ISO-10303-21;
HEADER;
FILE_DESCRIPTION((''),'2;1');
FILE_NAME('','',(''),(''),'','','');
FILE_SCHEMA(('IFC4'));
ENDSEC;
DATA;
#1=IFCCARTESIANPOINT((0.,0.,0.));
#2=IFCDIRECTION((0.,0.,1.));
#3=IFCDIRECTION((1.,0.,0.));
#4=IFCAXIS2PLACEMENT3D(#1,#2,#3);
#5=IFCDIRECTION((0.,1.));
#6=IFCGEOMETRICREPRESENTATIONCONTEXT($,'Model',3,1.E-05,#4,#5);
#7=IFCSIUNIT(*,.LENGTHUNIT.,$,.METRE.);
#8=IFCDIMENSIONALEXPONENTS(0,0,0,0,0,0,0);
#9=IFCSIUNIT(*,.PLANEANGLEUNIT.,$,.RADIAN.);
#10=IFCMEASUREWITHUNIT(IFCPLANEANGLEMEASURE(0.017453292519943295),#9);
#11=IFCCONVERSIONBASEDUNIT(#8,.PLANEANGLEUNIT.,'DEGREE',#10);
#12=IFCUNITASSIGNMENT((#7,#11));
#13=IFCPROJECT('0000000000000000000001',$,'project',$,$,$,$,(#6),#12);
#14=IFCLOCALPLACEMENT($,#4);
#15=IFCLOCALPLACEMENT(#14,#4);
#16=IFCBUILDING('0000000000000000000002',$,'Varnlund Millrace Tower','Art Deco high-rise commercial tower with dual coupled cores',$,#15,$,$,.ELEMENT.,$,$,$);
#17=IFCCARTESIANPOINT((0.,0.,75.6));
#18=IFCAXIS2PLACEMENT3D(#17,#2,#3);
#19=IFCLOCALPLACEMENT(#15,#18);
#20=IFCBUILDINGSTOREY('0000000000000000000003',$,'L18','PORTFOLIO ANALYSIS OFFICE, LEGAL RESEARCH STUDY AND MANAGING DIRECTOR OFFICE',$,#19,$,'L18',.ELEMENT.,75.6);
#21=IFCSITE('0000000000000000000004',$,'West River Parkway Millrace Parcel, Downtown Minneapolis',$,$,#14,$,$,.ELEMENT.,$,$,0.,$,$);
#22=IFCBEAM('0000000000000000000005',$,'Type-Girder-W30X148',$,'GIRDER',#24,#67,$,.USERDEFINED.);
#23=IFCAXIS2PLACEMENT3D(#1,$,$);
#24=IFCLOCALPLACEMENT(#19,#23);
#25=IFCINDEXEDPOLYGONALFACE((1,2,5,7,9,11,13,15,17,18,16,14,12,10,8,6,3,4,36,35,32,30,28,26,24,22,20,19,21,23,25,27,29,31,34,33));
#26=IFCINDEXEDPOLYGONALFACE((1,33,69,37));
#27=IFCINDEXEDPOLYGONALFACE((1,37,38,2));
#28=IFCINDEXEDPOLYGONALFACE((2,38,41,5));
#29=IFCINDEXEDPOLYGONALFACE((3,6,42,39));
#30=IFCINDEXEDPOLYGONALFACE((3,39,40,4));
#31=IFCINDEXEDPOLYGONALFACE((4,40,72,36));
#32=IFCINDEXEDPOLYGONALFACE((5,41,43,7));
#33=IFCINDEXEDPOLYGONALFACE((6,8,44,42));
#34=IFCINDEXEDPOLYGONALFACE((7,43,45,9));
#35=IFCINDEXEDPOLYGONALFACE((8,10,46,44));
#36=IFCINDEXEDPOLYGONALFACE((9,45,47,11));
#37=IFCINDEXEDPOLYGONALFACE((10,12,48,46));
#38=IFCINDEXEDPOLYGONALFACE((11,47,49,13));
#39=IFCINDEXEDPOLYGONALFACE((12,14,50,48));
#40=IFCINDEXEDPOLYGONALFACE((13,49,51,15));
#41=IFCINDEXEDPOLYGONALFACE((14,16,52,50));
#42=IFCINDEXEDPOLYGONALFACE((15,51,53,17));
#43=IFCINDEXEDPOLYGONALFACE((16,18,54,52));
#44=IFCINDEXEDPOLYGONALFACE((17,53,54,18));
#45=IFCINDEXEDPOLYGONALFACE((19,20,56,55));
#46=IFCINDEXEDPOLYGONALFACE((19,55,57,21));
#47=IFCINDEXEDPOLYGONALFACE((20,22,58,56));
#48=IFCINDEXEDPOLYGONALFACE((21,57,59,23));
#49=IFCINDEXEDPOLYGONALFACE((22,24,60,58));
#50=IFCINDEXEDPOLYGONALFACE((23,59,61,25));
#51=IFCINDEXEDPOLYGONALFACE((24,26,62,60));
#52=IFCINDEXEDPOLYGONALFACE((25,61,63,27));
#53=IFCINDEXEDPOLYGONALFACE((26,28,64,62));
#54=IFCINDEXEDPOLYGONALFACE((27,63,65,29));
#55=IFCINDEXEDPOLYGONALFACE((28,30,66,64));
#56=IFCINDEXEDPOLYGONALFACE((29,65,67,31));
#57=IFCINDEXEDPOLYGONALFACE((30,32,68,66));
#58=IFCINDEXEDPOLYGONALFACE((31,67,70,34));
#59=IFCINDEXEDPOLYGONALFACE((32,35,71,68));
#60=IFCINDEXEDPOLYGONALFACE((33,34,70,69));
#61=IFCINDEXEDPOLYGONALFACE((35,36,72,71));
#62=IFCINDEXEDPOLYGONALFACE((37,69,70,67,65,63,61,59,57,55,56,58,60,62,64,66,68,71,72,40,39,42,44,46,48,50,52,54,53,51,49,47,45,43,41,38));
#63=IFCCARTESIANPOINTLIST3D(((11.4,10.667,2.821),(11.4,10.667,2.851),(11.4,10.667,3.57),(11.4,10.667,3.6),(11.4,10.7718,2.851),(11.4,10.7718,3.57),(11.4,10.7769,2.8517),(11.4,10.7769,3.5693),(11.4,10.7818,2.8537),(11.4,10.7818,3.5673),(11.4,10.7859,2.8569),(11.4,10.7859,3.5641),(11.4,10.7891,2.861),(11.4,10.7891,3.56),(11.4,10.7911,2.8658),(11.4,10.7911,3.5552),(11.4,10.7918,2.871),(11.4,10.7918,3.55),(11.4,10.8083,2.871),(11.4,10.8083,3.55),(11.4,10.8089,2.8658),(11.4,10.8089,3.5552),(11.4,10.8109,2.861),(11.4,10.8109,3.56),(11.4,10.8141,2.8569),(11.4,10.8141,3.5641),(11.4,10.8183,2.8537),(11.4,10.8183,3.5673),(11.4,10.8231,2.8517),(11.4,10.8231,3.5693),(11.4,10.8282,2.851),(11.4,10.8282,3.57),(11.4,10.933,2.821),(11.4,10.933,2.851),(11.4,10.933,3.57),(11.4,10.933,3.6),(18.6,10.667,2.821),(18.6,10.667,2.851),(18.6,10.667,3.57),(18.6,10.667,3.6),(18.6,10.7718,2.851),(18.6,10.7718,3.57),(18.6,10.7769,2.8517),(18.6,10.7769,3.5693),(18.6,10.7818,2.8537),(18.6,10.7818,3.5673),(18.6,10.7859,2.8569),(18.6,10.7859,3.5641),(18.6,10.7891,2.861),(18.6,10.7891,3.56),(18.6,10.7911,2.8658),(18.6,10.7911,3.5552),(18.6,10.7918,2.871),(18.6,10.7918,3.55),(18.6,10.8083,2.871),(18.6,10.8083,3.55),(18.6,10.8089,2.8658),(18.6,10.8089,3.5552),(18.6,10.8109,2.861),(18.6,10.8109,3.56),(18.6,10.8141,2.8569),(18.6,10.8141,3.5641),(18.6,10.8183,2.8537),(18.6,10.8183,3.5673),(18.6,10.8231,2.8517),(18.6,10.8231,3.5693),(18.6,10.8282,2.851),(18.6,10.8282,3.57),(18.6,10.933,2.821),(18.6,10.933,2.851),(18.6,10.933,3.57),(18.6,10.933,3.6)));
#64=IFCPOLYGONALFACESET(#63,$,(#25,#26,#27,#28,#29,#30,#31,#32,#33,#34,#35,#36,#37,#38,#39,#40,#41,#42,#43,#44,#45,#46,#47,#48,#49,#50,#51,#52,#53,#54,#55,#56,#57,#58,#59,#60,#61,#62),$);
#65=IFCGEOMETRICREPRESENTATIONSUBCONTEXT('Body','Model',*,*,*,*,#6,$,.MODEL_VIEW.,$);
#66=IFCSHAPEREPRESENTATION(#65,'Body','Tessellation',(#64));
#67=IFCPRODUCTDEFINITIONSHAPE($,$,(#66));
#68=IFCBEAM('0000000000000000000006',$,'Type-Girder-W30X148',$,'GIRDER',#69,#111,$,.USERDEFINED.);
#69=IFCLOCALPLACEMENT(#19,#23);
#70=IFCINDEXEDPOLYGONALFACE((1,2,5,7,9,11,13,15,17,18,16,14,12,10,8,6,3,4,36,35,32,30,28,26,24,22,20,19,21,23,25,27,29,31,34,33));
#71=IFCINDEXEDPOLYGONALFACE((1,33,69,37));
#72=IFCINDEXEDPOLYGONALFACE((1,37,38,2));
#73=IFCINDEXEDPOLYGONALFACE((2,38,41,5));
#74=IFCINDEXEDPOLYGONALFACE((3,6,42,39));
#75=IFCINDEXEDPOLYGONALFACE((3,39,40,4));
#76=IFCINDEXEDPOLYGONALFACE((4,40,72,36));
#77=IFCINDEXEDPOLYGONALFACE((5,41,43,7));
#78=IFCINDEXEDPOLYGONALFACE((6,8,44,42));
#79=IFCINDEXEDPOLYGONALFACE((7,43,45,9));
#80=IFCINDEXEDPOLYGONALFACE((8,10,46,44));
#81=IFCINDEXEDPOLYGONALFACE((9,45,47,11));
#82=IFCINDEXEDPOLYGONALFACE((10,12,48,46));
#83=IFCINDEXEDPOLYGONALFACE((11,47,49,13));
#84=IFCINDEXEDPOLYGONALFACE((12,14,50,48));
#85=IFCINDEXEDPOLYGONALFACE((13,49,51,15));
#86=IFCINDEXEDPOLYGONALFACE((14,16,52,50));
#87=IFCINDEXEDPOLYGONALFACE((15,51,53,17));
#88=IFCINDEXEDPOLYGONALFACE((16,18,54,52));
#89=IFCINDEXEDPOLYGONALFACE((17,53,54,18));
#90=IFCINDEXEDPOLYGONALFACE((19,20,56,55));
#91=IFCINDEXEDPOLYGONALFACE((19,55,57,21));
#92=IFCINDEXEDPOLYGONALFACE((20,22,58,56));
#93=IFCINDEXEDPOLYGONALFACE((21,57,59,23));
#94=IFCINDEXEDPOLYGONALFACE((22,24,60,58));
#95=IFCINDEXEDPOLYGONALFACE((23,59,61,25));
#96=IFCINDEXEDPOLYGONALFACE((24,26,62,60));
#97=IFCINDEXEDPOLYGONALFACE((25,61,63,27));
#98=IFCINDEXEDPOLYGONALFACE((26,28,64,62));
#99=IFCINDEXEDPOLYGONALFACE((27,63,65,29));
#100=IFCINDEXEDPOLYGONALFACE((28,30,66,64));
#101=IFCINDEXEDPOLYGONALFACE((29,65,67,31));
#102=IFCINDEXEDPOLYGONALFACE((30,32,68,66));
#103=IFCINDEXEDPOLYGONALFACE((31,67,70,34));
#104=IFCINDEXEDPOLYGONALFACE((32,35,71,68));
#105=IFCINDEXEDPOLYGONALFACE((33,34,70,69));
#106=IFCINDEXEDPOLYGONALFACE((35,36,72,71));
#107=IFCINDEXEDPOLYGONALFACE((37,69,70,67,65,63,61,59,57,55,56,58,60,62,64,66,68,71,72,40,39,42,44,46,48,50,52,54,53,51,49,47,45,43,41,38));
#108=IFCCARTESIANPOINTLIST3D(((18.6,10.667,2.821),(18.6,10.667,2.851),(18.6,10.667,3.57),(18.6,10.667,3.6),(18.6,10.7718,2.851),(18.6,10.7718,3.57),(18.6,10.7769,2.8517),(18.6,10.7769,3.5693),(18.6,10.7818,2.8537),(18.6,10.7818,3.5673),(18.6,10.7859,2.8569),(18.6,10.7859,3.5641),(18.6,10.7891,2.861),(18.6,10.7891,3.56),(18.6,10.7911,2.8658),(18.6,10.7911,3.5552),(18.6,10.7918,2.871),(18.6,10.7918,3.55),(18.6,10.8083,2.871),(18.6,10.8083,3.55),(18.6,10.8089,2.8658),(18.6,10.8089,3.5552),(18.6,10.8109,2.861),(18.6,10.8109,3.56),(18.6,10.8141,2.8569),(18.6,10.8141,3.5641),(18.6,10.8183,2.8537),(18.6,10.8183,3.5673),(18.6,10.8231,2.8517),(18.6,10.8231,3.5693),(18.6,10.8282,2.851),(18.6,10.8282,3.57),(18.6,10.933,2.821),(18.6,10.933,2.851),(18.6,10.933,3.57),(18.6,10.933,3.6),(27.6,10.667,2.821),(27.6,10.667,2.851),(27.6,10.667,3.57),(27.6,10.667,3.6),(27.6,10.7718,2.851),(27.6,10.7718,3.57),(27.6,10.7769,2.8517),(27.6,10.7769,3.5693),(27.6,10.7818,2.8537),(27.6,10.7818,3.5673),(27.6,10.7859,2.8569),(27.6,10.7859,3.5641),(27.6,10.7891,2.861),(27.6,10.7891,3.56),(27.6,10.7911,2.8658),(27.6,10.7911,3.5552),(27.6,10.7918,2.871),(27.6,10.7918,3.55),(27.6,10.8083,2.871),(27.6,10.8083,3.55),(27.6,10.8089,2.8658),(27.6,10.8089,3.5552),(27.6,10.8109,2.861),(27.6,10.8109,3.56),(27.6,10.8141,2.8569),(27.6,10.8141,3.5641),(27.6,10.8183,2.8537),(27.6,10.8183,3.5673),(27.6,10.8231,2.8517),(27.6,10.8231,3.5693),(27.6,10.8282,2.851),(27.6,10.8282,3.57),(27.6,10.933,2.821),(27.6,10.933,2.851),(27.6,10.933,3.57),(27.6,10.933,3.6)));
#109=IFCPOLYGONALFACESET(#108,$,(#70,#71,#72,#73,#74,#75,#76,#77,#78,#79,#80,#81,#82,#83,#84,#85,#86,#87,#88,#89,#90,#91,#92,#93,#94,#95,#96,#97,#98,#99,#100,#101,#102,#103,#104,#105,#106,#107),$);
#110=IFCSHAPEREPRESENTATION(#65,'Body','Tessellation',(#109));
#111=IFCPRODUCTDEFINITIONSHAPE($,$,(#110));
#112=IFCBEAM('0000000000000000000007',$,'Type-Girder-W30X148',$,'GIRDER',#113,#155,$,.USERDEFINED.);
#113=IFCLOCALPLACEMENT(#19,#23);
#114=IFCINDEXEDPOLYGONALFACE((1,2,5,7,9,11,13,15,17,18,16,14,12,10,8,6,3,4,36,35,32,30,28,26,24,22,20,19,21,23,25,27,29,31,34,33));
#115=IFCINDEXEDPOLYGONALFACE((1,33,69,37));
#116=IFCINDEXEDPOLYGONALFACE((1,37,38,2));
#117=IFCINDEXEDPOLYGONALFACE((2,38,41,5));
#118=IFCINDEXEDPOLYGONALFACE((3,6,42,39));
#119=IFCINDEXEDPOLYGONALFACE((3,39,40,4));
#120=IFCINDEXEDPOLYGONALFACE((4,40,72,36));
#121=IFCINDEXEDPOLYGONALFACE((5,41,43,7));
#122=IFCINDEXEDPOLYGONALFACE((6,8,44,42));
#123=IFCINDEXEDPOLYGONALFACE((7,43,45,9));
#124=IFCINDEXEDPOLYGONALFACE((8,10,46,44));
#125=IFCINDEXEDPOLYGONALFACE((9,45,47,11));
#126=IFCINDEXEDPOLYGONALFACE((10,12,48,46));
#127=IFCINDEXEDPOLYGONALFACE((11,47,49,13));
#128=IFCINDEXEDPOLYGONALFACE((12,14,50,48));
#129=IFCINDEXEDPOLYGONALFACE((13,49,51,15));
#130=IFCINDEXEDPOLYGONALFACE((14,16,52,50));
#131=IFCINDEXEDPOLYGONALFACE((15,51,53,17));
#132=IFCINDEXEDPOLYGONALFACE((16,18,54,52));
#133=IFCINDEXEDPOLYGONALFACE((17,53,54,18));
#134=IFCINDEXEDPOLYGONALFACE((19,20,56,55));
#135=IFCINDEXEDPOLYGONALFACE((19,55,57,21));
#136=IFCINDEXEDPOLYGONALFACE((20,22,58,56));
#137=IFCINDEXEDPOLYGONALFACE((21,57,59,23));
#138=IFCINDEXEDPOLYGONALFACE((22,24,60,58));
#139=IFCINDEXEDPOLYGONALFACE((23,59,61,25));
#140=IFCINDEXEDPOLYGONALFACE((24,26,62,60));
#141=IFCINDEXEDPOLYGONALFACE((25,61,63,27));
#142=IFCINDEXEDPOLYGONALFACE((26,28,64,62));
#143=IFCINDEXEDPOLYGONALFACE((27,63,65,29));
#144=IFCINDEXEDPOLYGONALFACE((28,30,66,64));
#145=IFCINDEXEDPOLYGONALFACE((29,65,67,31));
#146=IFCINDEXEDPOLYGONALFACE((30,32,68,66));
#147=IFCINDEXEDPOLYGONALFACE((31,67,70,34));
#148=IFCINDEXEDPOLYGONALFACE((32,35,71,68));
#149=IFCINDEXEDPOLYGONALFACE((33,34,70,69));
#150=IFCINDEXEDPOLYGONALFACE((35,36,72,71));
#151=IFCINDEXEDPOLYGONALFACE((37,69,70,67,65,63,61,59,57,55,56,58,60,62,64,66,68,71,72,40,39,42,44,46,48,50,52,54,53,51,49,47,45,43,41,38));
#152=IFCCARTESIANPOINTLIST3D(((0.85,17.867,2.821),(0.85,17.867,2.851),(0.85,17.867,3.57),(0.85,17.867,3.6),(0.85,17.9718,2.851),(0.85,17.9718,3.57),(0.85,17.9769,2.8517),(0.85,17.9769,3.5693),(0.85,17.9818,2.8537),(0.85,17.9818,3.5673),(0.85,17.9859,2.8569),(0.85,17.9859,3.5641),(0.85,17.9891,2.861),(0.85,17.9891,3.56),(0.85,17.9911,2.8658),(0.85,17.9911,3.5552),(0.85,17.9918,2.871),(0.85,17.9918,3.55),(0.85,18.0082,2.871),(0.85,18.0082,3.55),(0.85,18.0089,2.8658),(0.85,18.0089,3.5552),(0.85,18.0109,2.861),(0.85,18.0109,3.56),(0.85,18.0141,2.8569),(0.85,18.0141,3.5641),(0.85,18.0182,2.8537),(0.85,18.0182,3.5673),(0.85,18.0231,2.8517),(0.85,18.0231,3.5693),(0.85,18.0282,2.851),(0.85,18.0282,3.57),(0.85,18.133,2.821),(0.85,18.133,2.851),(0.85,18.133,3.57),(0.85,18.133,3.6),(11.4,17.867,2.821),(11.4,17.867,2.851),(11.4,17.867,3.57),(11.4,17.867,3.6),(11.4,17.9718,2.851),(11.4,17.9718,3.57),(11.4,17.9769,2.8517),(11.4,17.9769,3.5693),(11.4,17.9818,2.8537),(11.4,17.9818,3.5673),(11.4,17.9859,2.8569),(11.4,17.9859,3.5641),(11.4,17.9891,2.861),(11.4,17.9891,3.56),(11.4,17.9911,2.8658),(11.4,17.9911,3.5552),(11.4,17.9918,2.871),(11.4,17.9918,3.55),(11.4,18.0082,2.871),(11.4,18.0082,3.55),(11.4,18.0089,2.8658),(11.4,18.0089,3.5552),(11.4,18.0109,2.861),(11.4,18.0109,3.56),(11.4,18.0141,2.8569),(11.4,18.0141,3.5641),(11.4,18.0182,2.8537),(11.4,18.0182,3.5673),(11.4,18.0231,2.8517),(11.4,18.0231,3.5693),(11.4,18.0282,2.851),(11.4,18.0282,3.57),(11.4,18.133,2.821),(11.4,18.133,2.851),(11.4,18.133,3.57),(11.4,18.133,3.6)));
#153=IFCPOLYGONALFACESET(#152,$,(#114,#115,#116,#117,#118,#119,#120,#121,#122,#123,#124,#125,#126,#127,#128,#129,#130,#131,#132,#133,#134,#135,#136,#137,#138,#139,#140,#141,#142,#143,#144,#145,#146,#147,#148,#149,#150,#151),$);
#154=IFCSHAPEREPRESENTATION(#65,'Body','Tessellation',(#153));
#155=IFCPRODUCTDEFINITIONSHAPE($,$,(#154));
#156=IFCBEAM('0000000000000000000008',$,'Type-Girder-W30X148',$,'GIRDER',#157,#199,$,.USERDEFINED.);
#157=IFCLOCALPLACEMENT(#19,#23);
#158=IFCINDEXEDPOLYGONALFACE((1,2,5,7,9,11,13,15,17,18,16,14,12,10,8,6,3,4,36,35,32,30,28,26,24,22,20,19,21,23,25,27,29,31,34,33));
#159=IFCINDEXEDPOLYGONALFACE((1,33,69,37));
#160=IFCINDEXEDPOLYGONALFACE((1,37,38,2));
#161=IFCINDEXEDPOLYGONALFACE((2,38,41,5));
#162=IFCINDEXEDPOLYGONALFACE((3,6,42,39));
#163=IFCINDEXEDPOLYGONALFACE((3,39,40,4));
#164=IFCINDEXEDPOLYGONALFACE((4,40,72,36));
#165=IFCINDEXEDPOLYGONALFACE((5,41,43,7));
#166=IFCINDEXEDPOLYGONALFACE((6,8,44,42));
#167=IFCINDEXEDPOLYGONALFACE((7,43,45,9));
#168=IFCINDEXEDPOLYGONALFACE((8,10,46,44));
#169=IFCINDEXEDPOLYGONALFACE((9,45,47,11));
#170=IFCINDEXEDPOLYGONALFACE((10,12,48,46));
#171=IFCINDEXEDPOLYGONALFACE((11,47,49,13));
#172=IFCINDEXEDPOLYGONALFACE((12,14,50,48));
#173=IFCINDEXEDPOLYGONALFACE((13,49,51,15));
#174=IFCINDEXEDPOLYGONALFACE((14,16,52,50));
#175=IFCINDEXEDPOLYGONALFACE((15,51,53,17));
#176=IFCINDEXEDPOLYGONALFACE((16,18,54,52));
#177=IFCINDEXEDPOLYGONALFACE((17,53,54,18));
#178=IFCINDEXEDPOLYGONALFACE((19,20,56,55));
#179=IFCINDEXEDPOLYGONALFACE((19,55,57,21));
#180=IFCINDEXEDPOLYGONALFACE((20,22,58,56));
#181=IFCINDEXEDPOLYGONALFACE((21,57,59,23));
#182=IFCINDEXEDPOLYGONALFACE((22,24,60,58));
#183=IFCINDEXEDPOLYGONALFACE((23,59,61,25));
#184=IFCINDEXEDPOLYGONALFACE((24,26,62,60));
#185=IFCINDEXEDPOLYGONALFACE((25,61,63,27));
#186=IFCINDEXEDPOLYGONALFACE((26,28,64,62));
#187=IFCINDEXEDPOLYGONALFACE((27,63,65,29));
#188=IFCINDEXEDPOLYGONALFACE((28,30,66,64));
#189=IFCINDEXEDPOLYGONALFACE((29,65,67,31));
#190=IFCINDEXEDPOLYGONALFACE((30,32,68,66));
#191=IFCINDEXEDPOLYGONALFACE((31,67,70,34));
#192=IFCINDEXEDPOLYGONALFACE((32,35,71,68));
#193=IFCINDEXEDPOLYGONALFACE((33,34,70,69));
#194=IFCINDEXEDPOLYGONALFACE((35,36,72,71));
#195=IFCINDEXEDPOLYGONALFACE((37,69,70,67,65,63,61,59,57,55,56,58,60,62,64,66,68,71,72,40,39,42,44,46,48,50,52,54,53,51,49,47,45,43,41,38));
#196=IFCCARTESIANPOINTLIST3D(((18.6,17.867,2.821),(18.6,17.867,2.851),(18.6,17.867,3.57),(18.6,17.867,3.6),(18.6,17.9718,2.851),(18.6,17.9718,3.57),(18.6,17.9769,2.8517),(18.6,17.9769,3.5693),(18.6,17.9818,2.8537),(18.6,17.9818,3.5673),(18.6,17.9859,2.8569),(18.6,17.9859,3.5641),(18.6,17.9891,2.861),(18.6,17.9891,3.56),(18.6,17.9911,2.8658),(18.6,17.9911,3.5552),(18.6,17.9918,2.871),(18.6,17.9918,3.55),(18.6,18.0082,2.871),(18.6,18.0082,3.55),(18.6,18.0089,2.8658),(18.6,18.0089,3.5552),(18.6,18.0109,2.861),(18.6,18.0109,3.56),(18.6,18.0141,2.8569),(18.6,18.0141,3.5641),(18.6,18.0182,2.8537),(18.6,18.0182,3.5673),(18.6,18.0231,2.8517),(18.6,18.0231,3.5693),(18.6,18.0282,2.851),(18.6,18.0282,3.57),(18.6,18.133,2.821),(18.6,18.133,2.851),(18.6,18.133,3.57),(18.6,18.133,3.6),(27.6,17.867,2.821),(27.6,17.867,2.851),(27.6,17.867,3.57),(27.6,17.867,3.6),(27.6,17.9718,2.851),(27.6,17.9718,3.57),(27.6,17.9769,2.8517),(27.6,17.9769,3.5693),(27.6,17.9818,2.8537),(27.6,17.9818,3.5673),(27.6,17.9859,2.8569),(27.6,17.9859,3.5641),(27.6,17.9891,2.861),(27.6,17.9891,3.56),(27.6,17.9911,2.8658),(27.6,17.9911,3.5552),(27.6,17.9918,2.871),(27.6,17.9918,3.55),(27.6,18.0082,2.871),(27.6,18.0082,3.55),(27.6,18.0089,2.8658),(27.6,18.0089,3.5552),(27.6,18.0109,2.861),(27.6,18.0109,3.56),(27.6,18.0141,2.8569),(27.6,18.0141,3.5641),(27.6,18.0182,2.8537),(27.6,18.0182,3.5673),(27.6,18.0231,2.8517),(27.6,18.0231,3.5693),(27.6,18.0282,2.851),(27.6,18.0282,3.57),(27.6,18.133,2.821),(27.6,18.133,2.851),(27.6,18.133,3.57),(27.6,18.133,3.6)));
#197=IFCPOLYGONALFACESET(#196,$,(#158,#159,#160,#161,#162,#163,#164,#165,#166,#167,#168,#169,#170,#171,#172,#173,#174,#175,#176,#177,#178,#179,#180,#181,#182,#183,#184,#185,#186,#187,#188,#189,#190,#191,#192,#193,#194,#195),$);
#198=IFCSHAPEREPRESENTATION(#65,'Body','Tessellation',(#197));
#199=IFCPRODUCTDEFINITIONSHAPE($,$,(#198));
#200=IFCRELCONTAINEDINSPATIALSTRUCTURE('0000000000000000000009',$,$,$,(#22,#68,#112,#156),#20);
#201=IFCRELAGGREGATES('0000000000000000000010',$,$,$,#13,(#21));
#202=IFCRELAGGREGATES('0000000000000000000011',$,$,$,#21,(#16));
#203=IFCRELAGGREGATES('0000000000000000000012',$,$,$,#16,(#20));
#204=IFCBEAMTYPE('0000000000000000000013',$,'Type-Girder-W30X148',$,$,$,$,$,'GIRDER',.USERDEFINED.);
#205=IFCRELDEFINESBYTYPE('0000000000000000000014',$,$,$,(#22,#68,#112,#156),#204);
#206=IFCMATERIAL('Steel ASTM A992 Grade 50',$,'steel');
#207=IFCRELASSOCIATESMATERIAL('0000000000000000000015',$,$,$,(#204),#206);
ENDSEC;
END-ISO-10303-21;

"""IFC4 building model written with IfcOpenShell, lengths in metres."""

from ifc_helpers import new_model, entity, si_unit, converted_unit, direction, frame, origin_with_axes, origin_2d_with_axis, place, context, subcontext, project, spatial, i_section, extrude, material, material_profile, profile_set, type_object, element, save


model = new_model("IFC4")

# Units and contexts
model_context = context("Model", 3, precision=1e-05, world=origin_with_axes(), true_north=direction((0.0, 1.0)))
body_context = subcontext(model_context, "Body", "Model", "MODEL_VIEW")
ifc_project = project(units=[si_unit("LENGTHUNIT", "METRE"), converted_unit("PLANEANGLEUNIT", "DEGREE", entity("IfcPlaneAngleMeasure", 0.017453292519943295), si_unit("PLANEANGLEUNIT", "RADIAN"), dimensions=[0, 0, 0, 0, 0, 0, 0])], contexts=[model_context])

# Site, building, storey
site_placement = place(None, origin_with_axes())
site = spatial("IfcSite", under=ifc_project, at=site_placement, Name="West River Parkway Millrace Parcel, Downtown Minneapolis", CompositionType="ELEMENT", RefElevation=0.0)
building_placement = place(site_placement, origin_with_axes())
building = spatial("IfcBuilding", under=site, at=building_placement, Name="Varnlund Millrace Tower", Description="Art Deco high-rise commercial tower with dual coupled cores", CompositionType="ELEMENT")
storey_placement = place(building_placement, frame((0.0, 0.0, 75.6), z_axis=(0.0, 0.0, 1.0), x_axis=(1.0, 0.0, 0.0)))
storey = spatial("IfcBuildingStorey", under=building, at=storey_placement, Name="L18", Description="PORTFOLIO ANALYSIS OFFICE, LEGAL RESEARCH STUDY AND MANAGING DIRECTOR OFFICE", LongName="L18", CompositionType="ELEMENT", Elevation=75.6)

# Beams
ifc_material_1 = material(Name="Steel ASTM A992 Grade 50", Category="steel")
ifc_material_profile_1 = material_profile(ifc_material_1, i_section(OverallWidth=0.266, OverallDepth=0.779, WebThickness=0.0165, FlangeThickness=0.03, FilletRadius=0.02, at=origin_2d_with_axis()), Name="Steel ASTM A992 Grade 50")
ifc_profile_set_1 = profile_set([ifc_material_profile_1], Name="Steel ASTM A992 Grade 50")
beam_type_1 = type_object("IfcBeamType", Name="Type-Girder-W30X148", ElementType="GIRDER", PredefinedType="USERDEFINED", material=ifc_profile_set_1)
beam_1_placement = place(storey_placement, frame((11.4, 10.8, 3.2105), z_axis=(1.0, 0.0, 0.0), x_axis=(0.0, 1.0, 0.0)))
element("IfcBeam", 1, at=beam_1_placement, inside=storey, type_object=beam_type_1, Name="Type-Girder-W30X148", ObjectType="GIRDER", PredefinedType="USERDEFINED", context=body_context, shape_type="SweptSolid", body=[
    extrude(i_section(OverallWidth=0.266, OverallDepth=0.779, WebThickness=0.0165, FlangeThickness=0.03, FilletRadius=0.02, at=origin_2d_with_axis()), origin_with_axes(), (0.0, 0.0, 1.0), 7.2),
])
beam_2_placement = place(storey_placement, frame((18.6, 10.8, 3.2105), z_axis=(1.0, 0.0, 0.0), x_axis=(0.0, 1.0, 0.0)))
element("IfcBeam", 2, at=beam_2_placement, inside=storey, type_object=beam_type_1, Name="Type-Girder-W30X148", ObjectType="GIRDER", PredefinedType="USERDEFINED", context=body_context, shape_type="SweptSolid", body=[
    extrude(i_section(OverallWidth=0.266, OverallDepth=0.779, WebThickness=0.0165, FlangeThickness=0.03, FilletRadius=0.02, at=origin_2d_with_axis()), origin_with_axes(), (0.0, 0.0, 1.0), 9.0),
])
beam_3_placement = place(storey_placement, frame((0.85, 18.0, 3.2105), z_axis=(1.0, 0.0, 0.0), x_axis=(0.0, 1.0, 0.0)))
element("IfcBeam", 3, at=beam_3_placement, inside=storey, type_object=beam_type_1, Name="Type-Girder-W30X148", ObjectType="GIRDER", PredefinedType="USERDEFINED", context=body_context, shape_type="SweptSolid", body=[
    extrude(i_section(OverallWidth=0.266, OverallDepth=0.779, WebThickness=0.0165, FlangeThickness=0.03, FilletRadius=0.02, at=origin_2d_with_axis()), origin_with_axes(), (0.0, 0.0, 1.0), 10.55),
])
beam_4_placement = place(storey_placement, frame((18.6, 18.0, 3.2105), z_axis=(1.0, 0.0, 0.0), x_axis=(0.0, 1.0, 0.0)))
element("IfcBeam", 4, at=beam_4_placement, inside=storey, type_object=beam_type_1, Name="Type-Girder-W30X148", ObjectType="GIRDER", PredefinedType="USERDEFINED", context=body_context, shape_type="SweptSolid", body=[
    extrude(i_section(OverallWidth=0.266, OverallDepth=0.779, WebThickness=0.0165, FlangeThickness=0.03, FilletRadius=0.02, at=origin_2d_with_axis()), origin_with_axes(), (0.0, 0.0, 1.0), 9.0),
])

save(model, "model.ifc")
